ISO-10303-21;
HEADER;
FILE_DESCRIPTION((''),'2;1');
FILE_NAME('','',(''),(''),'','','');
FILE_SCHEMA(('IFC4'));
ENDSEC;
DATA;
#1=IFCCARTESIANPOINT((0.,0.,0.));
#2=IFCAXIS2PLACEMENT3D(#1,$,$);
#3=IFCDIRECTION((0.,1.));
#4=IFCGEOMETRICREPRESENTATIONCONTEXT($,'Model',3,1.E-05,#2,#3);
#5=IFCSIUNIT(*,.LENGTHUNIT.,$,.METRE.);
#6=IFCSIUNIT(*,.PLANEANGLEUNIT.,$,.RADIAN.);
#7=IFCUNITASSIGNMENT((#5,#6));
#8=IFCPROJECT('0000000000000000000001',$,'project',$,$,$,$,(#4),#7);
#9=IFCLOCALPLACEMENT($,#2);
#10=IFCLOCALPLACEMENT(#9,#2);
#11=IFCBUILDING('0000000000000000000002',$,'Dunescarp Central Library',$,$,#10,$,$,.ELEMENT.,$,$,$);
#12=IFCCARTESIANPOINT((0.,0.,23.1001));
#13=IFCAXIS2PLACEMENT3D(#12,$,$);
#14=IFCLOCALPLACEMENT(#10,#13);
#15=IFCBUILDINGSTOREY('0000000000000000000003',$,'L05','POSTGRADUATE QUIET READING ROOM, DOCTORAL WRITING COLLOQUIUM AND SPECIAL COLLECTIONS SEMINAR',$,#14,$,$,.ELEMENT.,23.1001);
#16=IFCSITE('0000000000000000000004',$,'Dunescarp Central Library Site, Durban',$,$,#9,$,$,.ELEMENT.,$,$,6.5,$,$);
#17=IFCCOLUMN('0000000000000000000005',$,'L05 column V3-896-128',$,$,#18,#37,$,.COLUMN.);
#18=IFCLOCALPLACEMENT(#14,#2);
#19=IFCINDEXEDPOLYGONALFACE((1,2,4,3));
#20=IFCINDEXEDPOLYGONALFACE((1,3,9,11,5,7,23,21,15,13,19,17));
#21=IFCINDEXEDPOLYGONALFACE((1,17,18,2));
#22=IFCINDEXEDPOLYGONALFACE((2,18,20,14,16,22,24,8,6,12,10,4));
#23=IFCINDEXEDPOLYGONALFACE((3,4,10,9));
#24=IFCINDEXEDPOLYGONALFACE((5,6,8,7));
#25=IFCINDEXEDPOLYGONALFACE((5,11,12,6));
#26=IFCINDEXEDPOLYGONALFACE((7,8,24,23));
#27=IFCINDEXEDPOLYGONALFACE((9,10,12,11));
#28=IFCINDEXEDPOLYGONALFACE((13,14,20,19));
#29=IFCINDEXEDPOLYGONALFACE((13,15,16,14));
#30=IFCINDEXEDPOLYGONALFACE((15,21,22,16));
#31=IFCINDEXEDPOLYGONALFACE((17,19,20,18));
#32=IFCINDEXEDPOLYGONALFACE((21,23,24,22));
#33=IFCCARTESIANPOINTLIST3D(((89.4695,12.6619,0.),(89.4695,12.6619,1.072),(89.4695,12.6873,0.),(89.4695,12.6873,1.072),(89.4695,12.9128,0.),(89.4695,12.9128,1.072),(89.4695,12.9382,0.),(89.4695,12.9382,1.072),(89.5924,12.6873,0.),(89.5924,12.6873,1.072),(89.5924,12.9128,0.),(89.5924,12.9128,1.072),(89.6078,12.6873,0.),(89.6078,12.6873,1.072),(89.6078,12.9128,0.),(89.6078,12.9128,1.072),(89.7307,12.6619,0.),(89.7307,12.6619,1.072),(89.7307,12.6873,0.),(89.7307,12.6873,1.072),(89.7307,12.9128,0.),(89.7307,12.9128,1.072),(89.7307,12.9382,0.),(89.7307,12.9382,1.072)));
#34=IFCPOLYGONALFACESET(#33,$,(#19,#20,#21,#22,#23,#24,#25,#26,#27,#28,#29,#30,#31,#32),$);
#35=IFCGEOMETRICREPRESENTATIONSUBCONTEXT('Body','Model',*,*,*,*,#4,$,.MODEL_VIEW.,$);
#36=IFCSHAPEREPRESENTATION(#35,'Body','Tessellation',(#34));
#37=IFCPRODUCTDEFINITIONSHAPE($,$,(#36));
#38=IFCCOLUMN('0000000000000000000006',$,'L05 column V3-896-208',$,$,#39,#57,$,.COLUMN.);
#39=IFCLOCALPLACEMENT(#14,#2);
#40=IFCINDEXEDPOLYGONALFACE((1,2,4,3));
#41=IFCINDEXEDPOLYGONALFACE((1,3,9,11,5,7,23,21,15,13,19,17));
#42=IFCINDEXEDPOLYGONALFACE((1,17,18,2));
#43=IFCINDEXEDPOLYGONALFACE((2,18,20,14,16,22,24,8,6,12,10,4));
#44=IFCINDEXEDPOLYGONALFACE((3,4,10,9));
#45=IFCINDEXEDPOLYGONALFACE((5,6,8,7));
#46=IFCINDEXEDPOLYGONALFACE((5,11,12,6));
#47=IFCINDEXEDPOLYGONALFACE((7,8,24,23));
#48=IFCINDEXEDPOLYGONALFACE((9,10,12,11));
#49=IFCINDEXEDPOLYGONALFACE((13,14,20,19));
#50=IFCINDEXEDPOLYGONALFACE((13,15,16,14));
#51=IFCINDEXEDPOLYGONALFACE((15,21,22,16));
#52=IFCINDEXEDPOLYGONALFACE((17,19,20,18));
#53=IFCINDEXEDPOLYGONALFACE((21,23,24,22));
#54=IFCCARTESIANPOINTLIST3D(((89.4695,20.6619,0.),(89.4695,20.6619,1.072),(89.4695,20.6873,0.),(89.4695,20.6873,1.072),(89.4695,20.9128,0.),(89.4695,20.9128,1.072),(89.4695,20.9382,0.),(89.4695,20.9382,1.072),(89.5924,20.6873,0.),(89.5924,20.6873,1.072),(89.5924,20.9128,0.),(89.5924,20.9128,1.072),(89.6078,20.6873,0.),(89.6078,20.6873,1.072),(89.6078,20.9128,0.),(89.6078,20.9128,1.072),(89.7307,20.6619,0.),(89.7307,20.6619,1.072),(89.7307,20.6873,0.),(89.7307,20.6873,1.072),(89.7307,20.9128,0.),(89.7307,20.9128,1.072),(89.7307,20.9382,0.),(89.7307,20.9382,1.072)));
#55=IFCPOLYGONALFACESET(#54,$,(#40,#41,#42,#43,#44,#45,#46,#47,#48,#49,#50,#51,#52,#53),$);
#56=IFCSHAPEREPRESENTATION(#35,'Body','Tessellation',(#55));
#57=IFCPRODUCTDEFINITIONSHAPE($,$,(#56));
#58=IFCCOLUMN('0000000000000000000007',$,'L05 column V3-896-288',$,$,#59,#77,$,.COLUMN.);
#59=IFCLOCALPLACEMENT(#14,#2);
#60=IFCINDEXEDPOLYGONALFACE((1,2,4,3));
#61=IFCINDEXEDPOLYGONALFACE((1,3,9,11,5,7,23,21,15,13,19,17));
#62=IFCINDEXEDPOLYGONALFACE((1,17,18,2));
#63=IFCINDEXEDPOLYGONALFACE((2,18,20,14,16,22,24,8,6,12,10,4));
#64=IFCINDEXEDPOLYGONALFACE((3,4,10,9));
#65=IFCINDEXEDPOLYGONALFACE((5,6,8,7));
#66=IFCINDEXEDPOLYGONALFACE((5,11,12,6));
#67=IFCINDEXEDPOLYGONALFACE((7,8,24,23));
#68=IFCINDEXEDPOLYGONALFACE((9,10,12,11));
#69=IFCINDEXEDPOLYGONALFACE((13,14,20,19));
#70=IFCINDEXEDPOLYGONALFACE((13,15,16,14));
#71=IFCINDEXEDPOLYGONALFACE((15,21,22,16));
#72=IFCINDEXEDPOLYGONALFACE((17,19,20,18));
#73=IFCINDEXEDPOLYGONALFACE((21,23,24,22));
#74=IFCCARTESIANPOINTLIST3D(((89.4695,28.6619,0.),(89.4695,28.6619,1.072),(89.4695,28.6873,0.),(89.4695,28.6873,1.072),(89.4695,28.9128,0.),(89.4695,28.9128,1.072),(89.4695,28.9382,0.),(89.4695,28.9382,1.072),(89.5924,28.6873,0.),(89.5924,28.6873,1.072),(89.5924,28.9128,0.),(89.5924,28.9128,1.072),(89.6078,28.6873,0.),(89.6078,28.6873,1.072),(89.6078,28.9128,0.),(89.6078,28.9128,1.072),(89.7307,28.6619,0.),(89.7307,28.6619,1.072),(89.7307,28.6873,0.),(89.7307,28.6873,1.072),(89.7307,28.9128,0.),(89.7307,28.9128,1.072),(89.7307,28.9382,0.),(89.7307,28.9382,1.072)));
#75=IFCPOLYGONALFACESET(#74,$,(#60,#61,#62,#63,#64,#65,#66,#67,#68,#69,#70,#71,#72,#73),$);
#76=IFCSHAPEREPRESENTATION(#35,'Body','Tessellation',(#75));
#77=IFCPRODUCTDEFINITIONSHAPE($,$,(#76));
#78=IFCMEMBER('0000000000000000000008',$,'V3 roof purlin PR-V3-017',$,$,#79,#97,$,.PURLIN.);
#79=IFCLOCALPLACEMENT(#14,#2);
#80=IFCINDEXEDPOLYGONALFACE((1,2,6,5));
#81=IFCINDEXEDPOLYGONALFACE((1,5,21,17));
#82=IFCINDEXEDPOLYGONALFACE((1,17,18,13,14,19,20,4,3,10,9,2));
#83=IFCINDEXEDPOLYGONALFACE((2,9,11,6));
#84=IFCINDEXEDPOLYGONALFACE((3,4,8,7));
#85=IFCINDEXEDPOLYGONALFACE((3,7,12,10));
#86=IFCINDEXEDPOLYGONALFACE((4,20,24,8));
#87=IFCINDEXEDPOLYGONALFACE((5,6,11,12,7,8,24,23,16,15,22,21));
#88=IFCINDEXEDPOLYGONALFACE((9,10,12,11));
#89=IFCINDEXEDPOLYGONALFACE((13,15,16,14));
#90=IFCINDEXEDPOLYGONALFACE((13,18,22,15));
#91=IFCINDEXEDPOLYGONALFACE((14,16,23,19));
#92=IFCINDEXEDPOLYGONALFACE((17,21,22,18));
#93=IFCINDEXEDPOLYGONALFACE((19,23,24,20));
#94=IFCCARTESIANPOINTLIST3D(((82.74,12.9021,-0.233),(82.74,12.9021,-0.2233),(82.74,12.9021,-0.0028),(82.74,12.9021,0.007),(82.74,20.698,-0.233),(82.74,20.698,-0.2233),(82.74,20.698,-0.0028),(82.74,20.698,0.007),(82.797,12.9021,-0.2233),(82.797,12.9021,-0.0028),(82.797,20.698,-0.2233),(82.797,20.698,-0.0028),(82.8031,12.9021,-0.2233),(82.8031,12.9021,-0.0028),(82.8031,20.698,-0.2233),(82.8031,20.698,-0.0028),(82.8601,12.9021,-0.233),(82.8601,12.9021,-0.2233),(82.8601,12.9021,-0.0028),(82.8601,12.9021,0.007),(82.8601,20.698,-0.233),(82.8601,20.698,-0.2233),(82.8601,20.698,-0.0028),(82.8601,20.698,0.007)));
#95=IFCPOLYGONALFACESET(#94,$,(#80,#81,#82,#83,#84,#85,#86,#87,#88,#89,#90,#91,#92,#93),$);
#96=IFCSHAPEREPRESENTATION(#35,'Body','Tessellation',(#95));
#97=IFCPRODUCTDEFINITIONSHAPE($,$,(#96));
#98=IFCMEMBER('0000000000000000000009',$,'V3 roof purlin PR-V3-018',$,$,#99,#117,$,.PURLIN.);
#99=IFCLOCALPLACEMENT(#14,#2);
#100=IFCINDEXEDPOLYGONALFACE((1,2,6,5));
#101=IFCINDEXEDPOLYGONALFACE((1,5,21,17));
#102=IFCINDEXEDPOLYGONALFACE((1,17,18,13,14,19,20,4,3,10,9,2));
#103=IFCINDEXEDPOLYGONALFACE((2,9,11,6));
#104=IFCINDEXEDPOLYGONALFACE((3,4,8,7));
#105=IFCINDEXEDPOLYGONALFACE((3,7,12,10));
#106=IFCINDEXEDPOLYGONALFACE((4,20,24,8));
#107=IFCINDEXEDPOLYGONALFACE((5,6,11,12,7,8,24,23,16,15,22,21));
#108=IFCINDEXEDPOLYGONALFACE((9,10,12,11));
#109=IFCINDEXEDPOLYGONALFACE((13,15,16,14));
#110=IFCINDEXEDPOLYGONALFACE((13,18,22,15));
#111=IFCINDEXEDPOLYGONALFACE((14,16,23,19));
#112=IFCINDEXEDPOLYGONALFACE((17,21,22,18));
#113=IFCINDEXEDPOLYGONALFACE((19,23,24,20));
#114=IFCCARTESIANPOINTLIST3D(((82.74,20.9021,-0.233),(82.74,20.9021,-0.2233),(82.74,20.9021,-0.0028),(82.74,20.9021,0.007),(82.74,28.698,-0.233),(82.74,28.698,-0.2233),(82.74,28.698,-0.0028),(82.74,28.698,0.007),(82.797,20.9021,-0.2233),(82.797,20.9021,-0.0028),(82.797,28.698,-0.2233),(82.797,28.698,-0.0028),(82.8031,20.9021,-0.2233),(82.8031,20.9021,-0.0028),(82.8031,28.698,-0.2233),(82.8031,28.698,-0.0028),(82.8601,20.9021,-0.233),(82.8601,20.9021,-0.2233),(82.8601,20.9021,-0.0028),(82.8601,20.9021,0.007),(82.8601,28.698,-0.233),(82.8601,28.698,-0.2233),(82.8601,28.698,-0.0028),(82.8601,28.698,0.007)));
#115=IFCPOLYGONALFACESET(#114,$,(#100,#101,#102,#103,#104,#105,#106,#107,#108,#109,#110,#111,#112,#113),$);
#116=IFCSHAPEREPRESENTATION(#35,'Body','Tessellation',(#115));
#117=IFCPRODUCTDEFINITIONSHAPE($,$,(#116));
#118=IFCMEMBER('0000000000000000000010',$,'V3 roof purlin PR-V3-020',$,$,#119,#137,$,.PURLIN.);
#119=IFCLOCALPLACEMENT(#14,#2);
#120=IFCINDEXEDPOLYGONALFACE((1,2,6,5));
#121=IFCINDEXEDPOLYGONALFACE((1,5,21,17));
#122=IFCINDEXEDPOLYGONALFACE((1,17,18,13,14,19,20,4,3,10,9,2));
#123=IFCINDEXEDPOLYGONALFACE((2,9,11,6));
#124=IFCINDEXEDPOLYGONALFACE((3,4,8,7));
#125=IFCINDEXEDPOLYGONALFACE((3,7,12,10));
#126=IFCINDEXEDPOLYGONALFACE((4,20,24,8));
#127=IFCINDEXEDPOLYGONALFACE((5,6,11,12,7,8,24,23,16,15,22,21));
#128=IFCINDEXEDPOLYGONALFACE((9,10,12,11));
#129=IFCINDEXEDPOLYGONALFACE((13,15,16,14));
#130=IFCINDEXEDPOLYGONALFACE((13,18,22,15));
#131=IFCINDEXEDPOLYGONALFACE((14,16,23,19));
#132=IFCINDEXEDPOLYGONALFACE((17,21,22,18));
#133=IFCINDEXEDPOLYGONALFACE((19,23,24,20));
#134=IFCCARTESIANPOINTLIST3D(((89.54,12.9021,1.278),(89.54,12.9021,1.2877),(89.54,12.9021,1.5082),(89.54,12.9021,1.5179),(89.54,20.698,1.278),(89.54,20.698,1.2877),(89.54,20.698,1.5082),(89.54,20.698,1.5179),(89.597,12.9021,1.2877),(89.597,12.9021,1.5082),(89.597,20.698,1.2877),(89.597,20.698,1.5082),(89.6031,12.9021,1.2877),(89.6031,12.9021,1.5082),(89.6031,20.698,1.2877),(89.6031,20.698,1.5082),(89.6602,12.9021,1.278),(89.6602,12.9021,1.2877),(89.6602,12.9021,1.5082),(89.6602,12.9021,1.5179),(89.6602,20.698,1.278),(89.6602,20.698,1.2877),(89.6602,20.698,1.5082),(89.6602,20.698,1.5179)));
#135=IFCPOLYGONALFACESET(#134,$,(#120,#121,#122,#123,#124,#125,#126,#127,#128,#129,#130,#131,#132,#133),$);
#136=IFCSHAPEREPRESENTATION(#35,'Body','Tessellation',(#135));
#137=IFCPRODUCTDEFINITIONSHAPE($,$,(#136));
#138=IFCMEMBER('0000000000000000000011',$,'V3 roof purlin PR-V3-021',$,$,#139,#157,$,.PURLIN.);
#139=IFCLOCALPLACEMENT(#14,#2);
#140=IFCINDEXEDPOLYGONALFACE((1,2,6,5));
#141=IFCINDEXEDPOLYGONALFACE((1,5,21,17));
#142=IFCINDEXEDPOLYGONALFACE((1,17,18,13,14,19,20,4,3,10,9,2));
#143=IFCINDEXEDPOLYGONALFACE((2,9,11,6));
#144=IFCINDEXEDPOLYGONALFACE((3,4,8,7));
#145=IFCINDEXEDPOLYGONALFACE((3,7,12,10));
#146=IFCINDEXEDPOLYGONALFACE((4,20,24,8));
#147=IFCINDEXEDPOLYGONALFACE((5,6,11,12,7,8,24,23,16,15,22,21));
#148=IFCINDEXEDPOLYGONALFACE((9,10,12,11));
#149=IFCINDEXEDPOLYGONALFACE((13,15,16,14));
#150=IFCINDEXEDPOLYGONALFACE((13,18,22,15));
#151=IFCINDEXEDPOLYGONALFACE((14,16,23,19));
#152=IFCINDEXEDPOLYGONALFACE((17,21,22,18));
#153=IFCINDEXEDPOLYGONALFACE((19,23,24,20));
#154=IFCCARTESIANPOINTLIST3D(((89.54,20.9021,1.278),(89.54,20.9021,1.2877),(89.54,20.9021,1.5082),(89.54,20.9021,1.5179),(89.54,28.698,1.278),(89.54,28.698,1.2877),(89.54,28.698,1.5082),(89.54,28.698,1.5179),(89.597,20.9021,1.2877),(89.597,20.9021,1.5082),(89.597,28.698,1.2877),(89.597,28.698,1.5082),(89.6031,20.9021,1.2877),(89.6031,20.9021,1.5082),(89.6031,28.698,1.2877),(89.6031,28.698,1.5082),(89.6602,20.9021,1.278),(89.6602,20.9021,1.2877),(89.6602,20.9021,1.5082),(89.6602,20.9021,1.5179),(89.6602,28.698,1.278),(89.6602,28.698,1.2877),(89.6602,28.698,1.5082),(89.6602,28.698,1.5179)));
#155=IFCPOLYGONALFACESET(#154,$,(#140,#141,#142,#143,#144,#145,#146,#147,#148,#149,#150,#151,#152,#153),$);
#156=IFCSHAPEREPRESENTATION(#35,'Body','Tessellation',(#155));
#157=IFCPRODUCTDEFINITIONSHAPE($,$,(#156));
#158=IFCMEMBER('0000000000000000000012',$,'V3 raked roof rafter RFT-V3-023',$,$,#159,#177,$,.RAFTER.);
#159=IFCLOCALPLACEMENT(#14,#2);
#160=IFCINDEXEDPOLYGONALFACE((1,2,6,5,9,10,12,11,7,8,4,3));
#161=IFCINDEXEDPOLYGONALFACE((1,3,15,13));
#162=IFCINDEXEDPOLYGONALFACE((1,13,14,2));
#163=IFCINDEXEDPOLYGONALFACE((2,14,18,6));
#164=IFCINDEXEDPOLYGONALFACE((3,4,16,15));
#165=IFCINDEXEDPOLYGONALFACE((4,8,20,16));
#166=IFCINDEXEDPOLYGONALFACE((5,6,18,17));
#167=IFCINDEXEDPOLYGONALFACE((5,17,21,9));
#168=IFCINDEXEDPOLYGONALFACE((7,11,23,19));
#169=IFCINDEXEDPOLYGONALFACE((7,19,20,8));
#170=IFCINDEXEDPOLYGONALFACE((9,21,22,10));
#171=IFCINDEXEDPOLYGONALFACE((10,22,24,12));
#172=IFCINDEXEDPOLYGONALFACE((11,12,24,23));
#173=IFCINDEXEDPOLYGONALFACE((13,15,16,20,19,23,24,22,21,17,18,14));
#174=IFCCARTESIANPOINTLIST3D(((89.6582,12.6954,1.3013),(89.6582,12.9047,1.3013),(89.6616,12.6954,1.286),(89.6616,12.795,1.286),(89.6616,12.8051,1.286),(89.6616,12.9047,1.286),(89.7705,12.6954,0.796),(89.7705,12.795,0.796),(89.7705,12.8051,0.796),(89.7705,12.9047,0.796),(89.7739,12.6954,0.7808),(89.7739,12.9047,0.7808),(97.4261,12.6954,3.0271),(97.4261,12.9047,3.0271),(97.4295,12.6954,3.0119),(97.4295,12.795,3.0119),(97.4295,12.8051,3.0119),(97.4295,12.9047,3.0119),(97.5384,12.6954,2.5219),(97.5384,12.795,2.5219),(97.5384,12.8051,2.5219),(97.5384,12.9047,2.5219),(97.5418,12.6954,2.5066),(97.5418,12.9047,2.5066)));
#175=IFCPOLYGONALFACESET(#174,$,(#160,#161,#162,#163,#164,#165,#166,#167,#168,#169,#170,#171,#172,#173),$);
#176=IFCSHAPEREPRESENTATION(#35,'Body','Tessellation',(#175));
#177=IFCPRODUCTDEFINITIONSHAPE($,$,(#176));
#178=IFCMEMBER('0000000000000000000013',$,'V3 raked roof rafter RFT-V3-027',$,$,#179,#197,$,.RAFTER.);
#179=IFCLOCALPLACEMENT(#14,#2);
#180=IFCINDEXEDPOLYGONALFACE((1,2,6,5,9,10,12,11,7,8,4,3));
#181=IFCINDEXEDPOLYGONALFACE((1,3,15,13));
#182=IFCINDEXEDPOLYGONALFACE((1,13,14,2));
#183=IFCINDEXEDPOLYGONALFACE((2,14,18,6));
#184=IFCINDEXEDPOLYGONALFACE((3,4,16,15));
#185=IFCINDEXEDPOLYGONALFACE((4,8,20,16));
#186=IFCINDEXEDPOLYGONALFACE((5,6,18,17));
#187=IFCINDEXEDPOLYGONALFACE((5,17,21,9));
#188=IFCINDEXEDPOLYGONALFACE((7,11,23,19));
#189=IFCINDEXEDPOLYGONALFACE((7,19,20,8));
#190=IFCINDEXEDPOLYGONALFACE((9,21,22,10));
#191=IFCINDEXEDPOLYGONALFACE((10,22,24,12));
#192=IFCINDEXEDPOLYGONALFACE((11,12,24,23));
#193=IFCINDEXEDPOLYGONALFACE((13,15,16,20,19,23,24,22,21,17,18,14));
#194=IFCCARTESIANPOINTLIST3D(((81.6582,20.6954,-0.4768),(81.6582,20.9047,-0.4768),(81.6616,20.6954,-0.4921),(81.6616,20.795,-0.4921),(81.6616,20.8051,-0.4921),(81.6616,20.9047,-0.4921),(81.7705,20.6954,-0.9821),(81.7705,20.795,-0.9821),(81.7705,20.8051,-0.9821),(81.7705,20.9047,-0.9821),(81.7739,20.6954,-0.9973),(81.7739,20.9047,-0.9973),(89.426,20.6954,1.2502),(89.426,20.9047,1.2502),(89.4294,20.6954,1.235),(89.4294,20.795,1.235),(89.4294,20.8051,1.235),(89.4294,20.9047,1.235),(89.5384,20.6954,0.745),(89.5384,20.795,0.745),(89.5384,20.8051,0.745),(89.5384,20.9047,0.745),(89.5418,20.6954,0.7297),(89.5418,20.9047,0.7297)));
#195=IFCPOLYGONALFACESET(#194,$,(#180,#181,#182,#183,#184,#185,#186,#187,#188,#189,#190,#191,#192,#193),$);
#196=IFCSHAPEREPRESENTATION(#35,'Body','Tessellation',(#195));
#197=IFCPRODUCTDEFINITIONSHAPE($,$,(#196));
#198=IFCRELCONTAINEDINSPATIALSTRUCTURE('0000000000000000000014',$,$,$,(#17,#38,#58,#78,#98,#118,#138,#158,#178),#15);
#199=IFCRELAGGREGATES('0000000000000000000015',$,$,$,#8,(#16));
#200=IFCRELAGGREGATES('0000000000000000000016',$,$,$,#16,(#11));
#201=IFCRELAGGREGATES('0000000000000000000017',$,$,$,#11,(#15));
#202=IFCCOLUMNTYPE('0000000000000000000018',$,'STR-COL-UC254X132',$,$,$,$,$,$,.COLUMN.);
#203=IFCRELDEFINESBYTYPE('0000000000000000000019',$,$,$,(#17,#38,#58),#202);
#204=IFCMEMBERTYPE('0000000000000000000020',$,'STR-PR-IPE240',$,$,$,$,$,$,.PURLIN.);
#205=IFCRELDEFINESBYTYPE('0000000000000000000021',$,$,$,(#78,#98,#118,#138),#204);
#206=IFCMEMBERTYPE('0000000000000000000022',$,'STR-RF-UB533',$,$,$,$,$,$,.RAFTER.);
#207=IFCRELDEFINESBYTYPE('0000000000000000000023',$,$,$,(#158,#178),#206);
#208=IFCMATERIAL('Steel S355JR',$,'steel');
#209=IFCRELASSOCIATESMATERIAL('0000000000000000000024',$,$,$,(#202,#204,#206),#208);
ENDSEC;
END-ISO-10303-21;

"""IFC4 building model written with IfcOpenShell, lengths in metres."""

from ifc_helpers import new_model, si_unit, direction, frame, origin, origin_2d, place, context, subcontext, project, spatial, i_section, extrude, material, material_profile, profile_set, type_object, element, save


model = new_model("IFC4")

# Units and contexts
model_context = context("Model", 3, precision=1e-05, world=origin(), true_north=direction((0.0, 1.0)))
body_context = subcontext(model_context, "Body", "Model", "MODEL_VIEW")
ifc_project = project(units=[si_unit("LENGTHUNIT", "METRE"), si_unit("PLANEANGLEUNIT", "RADIAN")], contexts=[model_context])

# Site, building, storey
site_placement = place(None, origin())
site = spatial("IfcSite", under=ifc_project, at=site_placement, Name="Dunescarp Central Library Site, Durban", CompositionType="ELEMENT", RefElevation=6.5)
building_placement = place(site_placement, origin())
building = spatial("IfcBuilding", under=site, at=building_placement, Name="Dunescarp Central Library", CompositionType="ELEMENT")
storey_placement = place(building_placement, frame((0.0, 0.0, 23.1001)))
storey = spatial("IfcBuildingStorey", under=building, at=storey_placement, Name="L05", Description="POSTGRADUATE QUIET READING ROOM, DOCTORAL WRITING COLLOQUIUM AND SPECIAL COLLECTIONS SEMINAR", CompositionType="ELEMENT", Elevation=23.1001)

# Columns
ifc_material_1 = material(Name="Steel S355JR", Category="steel")
ifc_material_profile_1 = material_profile(ifc_material_1, i_section(OverallWidth=0.2612, OverallDepth=0.2764, WebThickness=0.0154, FlangeThickness=0.0254, at=origin_2d()), Name="UC 254x254x132")
ifc_profile_set_1 = profile_set([ifc_material_profile_1], Name="Steel S355JR")
column_type = type_object("IfcColumnType", Name="STR-COL-UC254X132", PredefinedType="COLUMN", material=ifc_profile_set_1)
for number, where, z_axis, x_axis, name in (
    (1, (89.6001, 12.8, 0.0), (0.0, 0.0, 1.0), (1.0, 0.0, 0.0), "L05 column V3-896-128"),
    (2, (89.6001, 20.8, 0.0), (0.0, 0.0, 1.0), (1.0, 0.0, 0.0), "L05 column V3-896-208"),
    (3, (89.6001, 28.8, 0.0), (0.0, 0.0, 1.0), (1.0, 0.0, 0.0), "L05 column V3-896-288"),
):
    element("IfcColumn", number, at=place(storey_placement, frame(where, z_axis=z_axis, x_axis=x_axis)), inside=storey, type_object=column_type, Name=name, PredefinedType="COLUMN", context=body_context, shape_type="SweptSolid", body=[
        extrude(i_section(OverallWidth=0.2612, OverallDepth=0.2764, WebThickness=0.0154, FlangeThickness=0.0254, at=origin_2d()), origin(), (0.0, 0.0, 1.0), 1.072),
    ])

# Members
ifc_material_profile_2 = material_profile(ifc_material_1, i_section(OverallWidth=0.1201, OverallDepth=0.24, WebThickness=0.0061, FlangeThickness=0.0098, at=origin_2d()), Name="IPE 240")
ifc_profile_set_2 = profile_set([ifc_material_profile_2], Name="Steel S355JR")
member_type_1 = type_object("IfcMemberType", Name="STR-PR-IPE240", PredefinedType="PURLIN", material=ifc_profile_set_2)
for number, where, z_axis, x_axis, name in (
    (4, (82.8, 12.9021, -0.113), (0.0, 1.0, 0.0), (-1.0, 0.0, 0.0), "V3 roof purlin PR-V3-017"),
    (5, (82.8, 20.9021, -0.113), (0.0, 1.0, 0.0), (-1.0, 0.0, 0.0), "V3 roof purlin PR-V3-018"),
    (6, (89.6001, 12.9021, 1.3979), (0.0, 1.0, 0.0), (-1.0, 0.0, 0.0), "V3 roof purlin PR-V3-020"),
    (7, (89.6001, 20.9021, 1.3979), (0.0, 1.0, 0.0), (-1.0, 0.0, 0.0), "V3 roof purlin PR-V3-021"),
):
    element("IfcMember", number, at=place(storey_placement, frame(where, z_axis=z_axis, x_axis=x_axis)), inside=storey, type_object=member_type_1, Name=name, PredefinedType="PURLIN", context=body_context, shape_type="SweptSolid", body=[
        extrude(i_section(OverallWidth=0.1201, OverallDepth=0.24, WebThickness=0.0061, FlangeThickness=0.0098, at=origin_2d()), origin(), (0.0, 0.0, 1.0), 7.7959),
    ])
ifc_material_profile_3 = material_profile(ifc_material_1, i_section(OverallWidth=0.2092, OverallDepth=0.5332, WebThickness=0.01, FlangeThickness=0.0156, at=origin_2d()), Name="UB 533x210x92")
ifc_profile_set_3 = profile_set([ifc_material_profile_3], Name="Steel S355JR")
member_type_2 = type_object("IfcMemberType", Name="STR-RF-UB533", PredefinedType="RAFTER", material=ifc_profile_set_3)
member_1_placement = place(storey_placement, frame((89.7161, 12.8, 1.041), z_axis=(0.976196, 0.0, 0.216888), x_axis=(0.0, 1.0, 0.0)))
element("IfcMember", 8, at=member_1_placement, inside=storey, type_object=member_type_2, Name="V3 raked roof rafter RFT-V3-023", PredefinedType="RAFTER", context=body_context, shape_type="SweptSolid", body=[
    extrude(i_section(OverallWidth=0.2092, OverallDepth=0.5332, WebThickness=0.01, FlangeThickness=0.0156, at=origin_2d()), origin(), (0.0, 0.0, 1.0), 7.9573),
])
member_2_placement = place(storey_placement, frame((81.7161, 20.8, -0.7371), z_axis=(0.976164, 0.0, 0.217034), x_axis=(0.0, 1.0, 0.0)))
element("IfcMember", 9, at=member_2_placement, inside=storey, type_object=member_type_2, Name="V3 raked roof rafter RFT-V3-027", PredefinedType="RAFTER", context=body_context, shape_type="SweptSolid", body=[
    extrude(i_section(OverallWidth=0.2092, OverallDepth=0.5332, WebThickness=0.01, FlangeThickness=0.0156, at=origin_2d()), origin(), (0.0, 0.0, 1.0), 7.9575),
])

save(model, "model.ifc")
